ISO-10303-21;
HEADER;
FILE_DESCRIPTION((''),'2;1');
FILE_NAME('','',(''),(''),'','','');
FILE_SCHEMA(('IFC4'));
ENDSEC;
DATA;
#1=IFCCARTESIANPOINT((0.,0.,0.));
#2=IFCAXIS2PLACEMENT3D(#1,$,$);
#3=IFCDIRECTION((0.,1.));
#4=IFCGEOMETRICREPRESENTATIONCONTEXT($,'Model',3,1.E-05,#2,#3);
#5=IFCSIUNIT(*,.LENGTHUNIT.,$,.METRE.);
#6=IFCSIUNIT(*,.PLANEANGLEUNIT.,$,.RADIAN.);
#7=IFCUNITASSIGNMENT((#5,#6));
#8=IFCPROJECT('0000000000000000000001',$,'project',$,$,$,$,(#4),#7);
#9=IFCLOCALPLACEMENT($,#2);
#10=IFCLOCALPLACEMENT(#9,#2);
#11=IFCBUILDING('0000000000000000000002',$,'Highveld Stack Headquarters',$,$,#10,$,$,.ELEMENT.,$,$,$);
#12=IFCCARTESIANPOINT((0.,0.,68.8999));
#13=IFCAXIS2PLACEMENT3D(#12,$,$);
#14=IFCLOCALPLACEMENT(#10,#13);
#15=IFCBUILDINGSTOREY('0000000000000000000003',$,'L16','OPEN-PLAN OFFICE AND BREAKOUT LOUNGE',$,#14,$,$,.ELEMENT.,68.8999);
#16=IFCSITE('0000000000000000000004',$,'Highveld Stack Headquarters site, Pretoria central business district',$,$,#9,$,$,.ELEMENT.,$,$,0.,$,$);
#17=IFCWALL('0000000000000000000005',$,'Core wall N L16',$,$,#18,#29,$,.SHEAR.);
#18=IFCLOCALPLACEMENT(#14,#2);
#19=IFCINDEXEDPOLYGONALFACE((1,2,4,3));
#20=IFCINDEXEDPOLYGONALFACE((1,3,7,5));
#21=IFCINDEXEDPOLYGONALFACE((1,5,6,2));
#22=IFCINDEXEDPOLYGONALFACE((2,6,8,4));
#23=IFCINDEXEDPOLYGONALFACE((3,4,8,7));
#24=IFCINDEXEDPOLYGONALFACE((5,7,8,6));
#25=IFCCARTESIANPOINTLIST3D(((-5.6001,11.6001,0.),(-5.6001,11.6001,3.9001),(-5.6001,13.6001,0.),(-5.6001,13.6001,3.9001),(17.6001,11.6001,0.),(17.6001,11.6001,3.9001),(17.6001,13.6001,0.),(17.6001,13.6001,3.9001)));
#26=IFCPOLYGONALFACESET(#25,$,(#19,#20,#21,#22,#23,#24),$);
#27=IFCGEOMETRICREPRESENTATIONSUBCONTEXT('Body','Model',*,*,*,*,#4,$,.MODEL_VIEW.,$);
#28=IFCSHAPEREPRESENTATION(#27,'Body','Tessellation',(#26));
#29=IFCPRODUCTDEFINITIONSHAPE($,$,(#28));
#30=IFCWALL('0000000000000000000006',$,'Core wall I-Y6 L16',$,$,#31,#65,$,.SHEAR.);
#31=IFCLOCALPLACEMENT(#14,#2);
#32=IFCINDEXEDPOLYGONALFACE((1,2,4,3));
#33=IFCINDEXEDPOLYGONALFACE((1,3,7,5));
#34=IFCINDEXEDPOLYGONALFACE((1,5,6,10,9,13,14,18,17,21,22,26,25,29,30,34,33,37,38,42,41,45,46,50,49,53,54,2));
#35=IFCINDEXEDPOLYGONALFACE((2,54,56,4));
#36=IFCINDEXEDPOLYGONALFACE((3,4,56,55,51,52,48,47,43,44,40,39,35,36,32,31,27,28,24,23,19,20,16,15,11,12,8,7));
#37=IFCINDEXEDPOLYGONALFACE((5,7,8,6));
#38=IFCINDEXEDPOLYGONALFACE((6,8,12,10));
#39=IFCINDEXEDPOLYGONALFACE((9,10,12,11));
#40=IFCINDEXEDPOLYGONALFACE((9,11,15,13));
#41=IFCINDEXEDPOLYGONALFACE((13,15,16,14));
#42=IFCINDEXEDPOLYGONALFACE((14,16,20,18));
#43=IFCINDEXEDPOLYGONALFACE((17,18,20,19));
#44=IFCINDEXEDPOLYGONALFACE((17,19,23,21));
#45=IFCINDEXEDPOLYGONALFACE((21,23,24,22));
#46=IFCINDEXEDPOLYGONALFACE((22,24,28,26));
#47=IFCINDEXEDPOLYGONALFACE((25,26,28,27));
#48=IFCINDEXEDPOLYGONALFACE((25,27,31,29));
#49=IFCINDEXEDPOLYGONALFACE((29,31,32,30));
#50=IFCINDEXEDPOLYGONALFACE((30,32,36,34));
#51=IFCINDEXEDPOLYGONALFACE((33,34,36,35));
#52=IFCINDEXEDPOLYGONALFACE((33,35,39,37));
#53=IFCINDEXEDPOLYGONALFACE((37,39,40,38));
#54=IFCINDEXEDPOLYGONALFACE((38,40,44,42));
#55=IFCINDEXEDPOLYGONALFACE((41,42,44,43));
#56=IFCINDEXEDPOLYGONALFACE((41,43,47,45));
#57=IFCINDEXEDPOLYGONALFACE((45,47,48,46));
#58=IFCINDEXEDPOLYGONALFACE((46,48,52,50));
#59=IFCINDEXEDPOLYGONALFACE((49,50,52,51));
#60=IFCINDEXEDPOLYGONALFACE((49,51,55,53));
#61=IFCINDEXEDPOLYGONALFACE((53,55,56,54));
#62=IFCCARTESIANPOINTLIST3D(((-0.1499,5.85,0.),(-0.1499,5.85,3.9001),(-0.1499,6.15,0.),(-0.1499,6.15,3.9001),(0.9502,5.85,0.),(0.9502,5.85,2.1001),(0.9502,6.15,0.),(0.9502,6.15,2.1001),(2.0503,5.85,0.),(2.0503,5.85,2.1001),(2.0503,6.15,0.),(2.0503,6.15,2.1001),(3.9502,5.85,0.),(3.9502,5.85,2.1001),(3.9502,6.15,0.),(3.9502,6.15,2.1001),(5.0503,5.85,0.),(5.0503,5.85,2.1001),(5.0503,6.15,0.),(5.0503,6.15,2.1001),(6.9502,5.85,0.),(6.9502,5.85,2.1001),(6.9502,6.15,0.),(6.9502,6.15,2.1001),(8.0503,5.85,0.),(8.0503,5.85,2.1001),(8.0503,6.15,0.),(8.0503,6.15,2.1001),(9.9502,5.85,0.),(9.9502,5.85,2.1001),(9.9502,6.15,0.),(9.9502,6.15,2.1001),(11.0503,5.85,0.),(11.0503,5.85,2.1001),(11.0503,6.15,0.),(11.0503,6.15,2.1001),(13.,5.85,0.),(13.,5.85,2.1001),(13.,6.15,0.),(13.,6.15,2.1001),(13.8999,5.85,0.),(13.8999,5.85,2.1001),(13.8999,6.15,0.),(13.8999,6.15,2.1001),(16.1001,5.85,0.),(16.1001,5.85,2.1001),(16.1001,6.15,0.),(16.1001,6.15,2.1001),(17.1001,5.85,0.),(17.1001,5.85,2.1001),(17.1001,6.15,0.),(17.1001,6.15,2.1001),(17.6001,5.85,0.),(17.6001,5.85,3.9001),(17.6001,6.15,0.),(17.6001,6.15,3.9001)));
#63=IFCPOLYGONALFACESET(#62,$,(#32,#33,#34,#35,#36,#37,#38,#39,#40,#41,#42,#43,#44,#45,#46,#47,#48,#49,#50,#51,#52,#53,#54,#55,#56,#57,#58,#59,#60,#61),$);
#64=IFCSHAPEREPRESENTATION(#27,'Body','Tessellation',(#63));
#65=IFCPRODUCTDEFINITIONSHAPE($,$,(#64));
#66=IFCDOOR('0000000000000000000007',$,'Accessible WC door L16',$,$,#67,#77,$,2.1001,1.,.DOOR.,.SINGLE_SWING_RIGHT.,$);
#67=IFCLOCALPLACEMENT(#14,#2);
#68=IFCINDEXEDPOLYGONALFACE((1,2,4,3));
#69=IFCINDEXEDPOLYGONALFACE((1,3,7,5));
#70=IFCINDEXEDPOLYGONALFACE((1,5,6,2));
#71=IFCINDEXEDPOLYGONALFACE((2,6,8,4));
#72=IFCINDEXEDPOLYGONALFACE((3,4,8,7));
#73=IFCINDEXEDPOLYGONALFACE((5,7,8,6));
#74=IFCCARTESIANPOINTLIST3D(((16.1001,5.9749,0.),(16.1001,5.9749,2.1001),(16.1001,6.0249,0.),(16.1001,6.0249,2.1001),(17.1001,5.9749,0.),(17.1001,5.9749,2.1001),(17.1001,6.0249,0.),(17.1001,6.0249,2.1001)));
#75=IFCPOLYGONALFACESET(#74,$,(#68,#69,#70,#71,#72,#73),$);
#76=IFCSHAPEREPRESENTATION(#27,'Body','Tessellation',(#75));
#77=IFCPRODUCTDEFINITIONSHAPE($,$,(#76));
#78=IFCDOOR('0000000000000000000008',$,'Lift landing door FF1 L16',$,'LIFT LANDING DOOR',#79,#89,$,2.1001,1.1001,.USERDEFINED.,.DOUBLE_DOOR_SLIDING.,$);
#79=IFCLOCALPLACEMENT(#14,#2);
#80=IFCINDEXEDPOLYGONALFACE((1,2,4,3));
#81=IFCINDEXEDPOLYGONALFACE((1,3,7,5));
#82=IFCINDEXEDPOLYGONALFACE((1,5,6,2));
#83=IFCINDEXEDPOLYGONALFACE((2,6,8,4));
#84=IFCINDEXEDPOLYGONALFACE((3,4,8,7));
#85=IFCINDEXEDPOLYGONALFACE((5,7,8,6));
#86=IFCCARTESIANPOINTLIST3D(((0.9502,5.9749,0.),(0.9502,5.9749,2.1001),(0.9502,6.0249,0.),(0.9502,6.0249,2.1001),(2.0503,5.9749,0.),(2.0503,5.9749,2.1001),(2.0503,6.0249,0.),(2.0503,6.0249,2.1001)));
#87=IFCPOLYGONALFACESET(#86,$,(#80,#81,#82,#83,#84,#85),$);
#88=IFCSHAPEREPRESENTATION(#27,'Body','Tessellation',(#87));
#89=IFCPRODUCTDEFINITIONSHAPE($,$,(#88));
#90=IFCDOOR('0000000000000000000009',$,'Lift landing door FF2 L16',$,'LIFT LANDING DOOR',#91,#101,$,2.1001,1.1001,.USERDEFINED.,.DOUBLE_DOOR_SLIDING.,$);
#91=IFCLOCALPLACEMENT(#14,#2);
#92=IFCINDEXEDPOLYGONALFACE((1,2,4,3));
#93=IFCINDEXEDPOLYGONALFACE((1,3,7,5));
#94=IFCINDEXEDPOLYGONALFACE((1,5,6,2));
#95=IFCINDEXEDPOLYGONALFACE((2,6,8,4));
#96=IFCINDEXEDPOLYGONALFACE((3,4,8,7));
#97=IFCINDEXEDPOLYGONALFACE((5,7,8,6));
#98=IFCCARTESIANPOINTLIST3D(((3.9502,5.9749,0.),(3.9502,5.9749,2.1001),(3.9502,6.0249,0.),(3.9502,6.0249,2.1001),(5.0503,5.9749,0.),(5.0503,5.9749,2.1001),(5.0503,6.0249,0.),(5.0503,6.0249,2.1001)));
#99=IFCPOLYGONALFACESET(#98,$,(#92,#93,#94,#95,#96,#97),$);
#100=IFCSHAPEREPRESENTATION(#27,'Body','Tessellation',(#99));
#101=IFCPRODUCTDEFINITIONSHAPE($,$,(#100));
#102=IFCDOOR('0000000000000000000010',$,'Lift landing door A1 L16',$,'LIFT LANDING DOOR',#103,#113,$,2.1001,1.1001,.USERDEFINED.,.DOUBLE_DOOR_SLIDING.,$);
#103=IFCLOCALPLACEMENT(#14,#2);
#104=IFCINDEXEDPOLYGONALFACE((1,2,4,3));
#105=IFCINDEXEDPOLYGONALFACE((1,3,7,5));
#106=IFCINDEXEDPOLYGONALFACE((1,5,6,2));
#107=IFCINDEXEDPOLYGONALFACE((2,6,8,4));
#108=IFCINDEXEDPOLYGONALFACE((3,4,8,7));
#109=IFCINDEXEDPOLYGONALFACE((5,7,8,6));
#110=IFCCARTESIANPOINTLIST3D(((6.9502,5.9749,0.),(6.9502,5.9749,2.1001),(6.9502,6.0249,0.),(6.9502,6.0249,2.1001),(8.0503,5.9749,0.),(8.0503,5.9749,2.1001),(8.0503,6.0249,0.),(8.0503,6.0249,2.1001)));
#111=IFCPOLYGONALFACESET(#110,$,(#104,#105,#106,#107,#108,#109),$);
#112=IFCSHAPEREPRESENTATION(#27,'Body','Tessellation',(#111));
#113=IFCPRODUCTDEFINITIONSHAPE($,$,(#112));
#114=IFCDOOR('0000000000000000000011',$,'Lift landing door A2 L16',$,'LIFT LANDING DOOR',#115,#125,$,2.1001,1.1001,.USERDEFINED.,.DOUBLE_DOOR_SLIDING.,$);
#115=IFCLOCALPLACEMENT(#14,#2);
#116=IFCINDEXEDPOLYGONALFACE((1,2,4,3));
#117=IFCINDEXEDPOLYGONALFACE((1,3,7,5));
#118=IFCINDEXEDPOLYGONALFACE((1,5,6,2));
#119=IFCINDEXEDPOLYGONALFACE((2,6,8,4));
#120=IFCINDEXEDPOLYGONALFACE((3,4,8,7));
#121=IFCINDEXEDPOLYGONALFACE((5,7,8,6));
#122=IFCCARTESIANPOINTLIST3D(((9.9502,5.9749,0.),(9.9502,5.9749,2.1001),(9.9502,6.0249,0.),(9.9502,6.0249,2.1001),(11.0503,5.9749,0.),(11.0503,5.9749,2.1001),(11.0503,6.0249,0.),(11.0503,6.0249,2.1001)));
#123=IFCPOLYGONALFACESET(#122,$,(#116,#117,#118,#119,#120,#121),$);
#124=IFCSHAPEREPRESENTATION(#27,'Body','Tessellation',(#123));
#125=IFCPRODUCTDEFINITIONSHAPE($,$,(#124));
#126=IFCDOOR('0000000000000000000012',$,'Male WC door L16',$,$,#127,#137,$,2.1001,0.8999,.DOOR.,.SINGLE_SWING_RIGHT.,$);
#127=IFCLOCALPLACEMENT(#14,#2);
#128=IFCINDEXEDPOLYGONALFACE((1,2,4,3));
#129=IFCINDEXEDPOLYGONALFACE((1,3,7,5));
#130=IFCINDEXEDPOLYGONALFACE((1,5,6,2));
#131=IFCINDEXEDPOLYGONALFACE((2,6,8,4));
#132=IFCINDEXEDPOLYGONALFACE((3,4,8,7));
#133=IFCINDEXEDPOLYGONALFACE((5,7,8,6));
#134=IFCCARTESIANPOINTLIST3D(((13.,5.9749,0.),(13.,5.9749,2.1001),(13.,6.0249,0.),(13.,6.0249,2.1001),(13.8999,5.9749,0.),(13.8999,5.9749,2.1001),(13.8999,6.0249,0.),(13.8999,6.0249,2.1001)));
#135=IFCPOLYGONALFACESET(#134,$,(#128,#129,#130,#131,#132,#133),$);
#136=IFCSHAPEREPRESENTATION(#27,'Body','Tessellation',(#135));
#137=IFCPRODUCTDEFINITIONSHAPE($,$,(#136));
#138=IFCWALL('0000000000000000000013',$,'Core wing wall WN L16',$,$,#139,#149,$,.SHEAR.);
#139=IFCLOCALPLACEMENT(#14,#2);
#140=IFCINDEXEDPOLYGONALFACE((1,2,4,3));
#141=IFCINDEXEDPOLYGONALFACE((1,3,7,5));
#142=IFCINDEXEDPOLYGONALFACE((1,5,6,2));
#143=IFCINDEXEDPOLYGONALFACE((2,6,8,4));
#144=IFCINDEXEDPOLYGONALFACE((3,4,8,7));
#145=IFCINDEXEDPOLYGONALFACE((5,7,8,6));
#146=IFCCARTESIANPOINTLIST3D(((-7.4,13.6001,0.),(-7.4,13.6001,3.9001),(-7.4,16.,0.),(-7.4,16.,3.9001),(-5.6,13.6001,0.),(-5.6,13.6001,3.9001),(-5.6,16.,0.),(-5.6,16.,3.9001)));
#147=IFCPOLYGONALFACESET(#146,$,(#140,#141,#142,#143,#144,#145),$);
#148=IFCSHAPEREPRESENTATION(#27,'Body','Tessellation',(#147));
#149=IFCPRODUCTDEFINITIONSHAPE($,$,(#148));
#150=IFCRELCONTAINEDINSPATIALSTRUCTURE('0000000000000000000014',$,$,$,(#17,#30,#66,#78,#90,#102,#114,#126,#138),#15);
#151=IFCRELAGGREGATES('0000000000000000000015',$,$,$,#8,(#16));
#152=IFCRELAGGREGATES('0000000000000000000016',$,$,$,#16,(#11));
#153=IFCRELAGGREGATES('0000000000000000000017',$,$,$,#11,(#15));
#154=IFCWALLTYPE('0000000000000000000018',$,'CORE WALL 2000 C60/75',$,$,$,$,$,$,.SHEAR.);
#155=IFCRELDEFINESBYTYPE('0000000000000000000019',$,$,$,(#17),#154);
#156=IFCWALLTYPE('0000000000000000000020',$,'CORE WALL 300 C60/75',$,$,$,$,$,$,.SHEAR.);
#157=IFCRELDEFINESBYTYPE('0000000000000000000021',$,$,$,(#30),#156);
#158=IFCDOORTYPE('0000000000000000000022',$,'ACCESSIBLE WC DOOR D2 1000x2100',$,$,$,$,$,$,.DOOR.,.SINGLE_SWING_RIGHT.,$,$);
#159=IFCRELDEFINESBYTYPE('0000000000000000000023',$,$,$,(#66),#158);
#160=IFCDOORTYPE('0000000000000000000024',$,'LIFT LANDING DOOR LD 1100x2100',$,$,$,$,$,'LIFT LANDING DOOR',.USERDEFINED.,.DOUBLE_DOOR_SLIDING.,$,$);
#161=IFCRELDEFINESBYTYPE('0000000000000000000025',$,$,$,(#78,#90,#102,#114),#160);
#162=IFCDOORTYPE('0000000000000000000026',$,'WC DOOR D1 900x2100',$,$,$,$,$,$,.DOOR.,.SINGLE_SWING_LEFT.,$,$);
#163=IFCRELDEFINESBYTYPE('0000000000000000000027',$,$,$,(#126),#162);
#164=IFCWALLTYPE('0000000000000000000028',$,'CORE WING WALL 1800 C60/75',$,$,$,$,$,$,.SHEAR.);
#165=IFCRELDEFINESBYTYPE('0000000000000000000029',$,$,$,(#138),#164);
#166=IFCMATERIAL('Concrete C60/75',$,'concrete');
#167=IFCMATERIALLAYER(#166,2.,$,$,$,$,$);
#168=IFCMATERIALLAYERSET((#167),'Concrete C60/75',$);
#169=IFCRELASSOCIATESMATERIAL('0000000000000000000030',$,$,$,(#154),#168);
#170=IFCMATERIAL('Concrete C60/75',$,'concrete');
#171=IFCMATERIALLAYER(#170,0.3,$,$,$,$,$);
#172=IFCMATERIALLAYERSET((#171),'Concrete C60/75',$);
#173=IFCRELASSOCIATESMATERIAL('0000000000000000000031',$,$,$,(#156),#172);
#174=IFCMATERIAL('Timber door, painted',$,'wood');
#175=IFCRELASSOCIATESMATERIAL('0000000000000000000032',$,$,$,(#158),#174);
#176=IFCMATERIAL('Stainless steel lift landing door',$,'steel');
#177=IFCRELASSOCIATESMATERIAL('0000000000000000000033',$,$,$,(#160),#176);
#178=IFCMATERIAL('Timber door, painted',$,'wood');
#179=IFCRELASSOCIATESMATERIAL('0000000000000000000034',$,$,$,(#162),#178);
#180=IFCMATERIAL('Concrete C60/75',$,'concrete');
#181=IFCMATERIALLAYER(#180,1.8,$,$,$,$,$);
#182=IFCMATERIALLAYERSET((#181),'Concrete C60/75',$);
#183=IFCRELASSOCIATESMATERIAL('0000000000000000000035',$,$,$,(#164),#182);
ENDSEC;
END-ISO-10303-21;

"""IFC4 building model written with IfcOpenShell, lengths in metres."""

from ifc_helpers import new_model, si_unit, direction, frame, frame_2d, origin, place, context, subcontext, project, spatial, rectangle, extrude, material, layer, layer_set, type_object, element, fill, save


model = new_model("IFC4")

# Units and contexts
model_context = context("Model", 3, precision=1e-05, world=origin(), true_north=direction((0.0, 1.0)))
body_context = subcontext(model_context, "Body", "Model", "MODEL_VIEW")
ifc_project = project(units=[si_unit("LENGTHUNIT", "METRE"), si_unit("PLANEANGLEUNIT", "RADIAN")], contexts=[model_context])

# Site, building, storey
site_placement = place(None, origin())
site = spatial("IfcSite", under=ifc_project, at=site_placement, Name="Highveld Stack Headquarters site, Pretoria central business district", CompositionType="ELEMENT", RefElevation=0.0)
building_placement = place(site_placement, origin())
building = spatial("IfcBuilding", under=site, at=building_placement, Name="Highveld Stack Headquarters", CompositionType="ELEMENT")
storey_placement = place(building_placement, frame((0.0, 0.0, 68.8999)))
storey = spatial("IfcBuildingStorey", under=building, at=storey_placement, Name="L16", Description="OPEN-PLAN OFFICE AND BREAKOUT LOUNGE", CompositionType="ELEMENT", Elevation=68.8999)

# Wall
ifc_material_1 = material(Name="Concrete C60/75", Category="concrete")
ifc_layer_1 = layer(ifc_material_1, 2.0)
ifc_layer_set_1 = layer_set([ifc_layer_1], Name="Concrete C60/75")
wall_type_1 = type_object("IfcWallType", Name="CORE WALL 2000 C60/75", PredefinedType="SHEAR", material=ifc_layer_set_1)
wall_1_placement = place(storey_placement, frame((-5.6001, 12.6001, 0.0), z_axis=(0.0, 0.0, 1.0), x_axis=(1.0, 0.0, 0.0)))
element("IfcWall", 1, at=wall_1_placement, inside=storey, type_object=wall_type_1, Name="Core wall N L16", PredefinedType="SHEAR", context=body_context, shape_type="SweptSolid", body=[
    extrude(rectangle(XDim=23.2002, YDim=2.0, at=frame_2d((11.6001, 0.0))), origin(), (0.0, 0.0, 1.0), 3.9001),
])

# Wall, openings, doors
ifc_material_2 = material(Name="Concrete C60/75", Category="concrete")
ifc_layer_2 = layer(ifc_material_2, 0.3)
ifc_layer_set_2 = layer_set([ifc_layer_2], Name="Concrete C60/75")
wall_type_2 = type_object("IfcWallType", Name="CORE WALL 300 C60/75", PredefinedType="SHEAR", material=ifc_layer_set_2)
wall_2_placement = place(storey_placement, frame((-0.1499, 6.0, 0.0), z_axis=(0.0, 0.0, 1.0), x_axis=(1.0, 0.0, 0.0)))
wall_2 = element("IfcWall", 2, at=wall_2_placement, inside=storey, type_object=wall_type_2, Name="Core wall I-Y6 L16", PredefinedType="SHEAR", context=body_context, shape_type="SweptSolid", body=[
    extrude(rectangle(XDim=17.75, YDim=0.3, at=frame_2d((8.875, 0.0))), origin(), (0.0, 0.0, 1.0), 3.9001),
])
opening_1_placement = place(wall_2_placement, frame((13.1499, 0.0, 0.0)))
opening_1 = element("IfcOpeningElement", 3, at=opening_1_placement, cuts=wall_2, PredefinedType="OPENING", context=body_context, shape_type="SweptSolid", body=[
    extrude(rectangle(XDim=0.8999, YDim=2.1001, at=frame_2d((0.45, 1.05))), frame((0.0, 0.1599, 0.0), z_axis=(0.0, -1.0, 0.0), x_axis=(1.0, 0.0, 0.0)), (0.0, 0.0, 1.0), 0.3201),
])
opening_2_placement = place(wall_2_placement, frame((16.25, 0.0, 0.0)))
opening_2 = element("IfcOpeningElement", 4, at=opening_2_placement, cuts=wall_2, PredefinedType="OPENING", context=body_context, shape_type="SweptSolid", body=[
    extrude(rectangle(XDim=1.0, YDim=2.1001, at=frame_2d((0.5, 1.05))), frame((0.0, 0.1599, 0.0), z_axis=(0.0, -1.0, 0.0), x_axis=(1.0, 0.0, 0.0)), (0.0, 0.0, 1.0), 0.3201),
])
opening_3_placement = place(wall_2_placement, frame((1.1001, 0.0, 0.0)))
opening_3 = element("IfcOpeningElement", 5, at=opening_3_placement, cuts=wall_2, PredefinedType="OPENING", context=body_context, shape_type="SweptSolid", body=[
    extrude(rectangle(XDim=1.1001, YDim=2.1001, at=frame_2d((0.55, 1.05))), frame((0.0, 0.1599, 0.0), z_axis=(0.0, -1.0, 0.0), x_axis=(1.0, 0.0, 0.0)), (0.0, 0.0, 1.0), 0.3201),
])
opening_4_placement = place(wall_2_placement, frame((4.1001, 0.0, 0.0)))
opening_4 = element("IfcOpeningElement", 6, at=opening_4_placement, cuts=wall_2, PredefinedType="OPENING", context=body_context, shape_type="SweptSolid", body=[
    extrude(rectangle(XDim=1.1001, YDim=2.1001, at=frame_2d((0.55, 1.05))), frame((0.0, 0.1599, 0.0), z_axis=(0.0, -1.0, 0.0), x_axis=(1.0, 0.0, 0.0)), (0.0, 0.0, 1.0), 0.3201),
])
opening_5_placement = place(wall_2_placement, frame((7.1001, 0.0, 0.0)))
opening_5 = element("IfcOpeningElement", 7, at=opening_5_placement, cuts=wall_2, PredefinedType="OPENING", context=body_context, shape_type="SweptSolid", body=[
    extrude(rectangle(XDim=1.1001, YDim=2.1001, at=frame_2d((0.55, 1.05))), frame((0.0, 0.1599, 0.0), z_axis=(0.0, -1.0, 0.0), x_axis=(1.0, 0.0, 0.0)), (0.0, 0.0, 1.0), 0.3201),
])
opening_6_placement = place(wall_2_placement, frame((10.1001, 0.0, 0.0)))
opening_6 = element("IfcOpeningElement", 8, at=opening_6_placement, cuts=wall_2, PredefinedType="OPENING", context=body_context, shape_type="SweptSolid", body=[
    extrude(rectangle(XDim=1.1001, YDim=2.1001, at=frame_2d((0.55, 1.05))), frame((0.0, 0.1599, 0.0), z_axis=(0.0, -1.0, 0.0), x_axis=(1.0, 0.0, 0.0)), (0.0, 0.0, 1.0), 0.3201),
])
ifc_material_3 = material(Name="Timber door, painted", Category="wood")
door_type_1 = type_object("IfcDoorType", Name="ACCESSIBLE WC DOOR D2 1000x2100", OperationType="SINGLE_SWING_RIGHT", PredefinedType="DOOR", material=ifc_material_3)
door_1_placement = place(opening_2_placement, origin())
door_1 = element("IfcDoor", 9, at=door_1_placement, inside=storey, type_object=door_type_1, Name="Accessible WC door L16", OperationType="SINGLE_SWING_RIGHT", OverallHeight=2.1001, OverallWidth=1.0, PredefinedType="DOOR", context=body_context, shape_type="SweptSolid", body=[
    extrude(rectangle(XDim=1.0, YDim=2.1001, at=frame_2d((0.5, 1.05))), frame((0.0, 0.0249, 0.0), z_axis=(0.0, -1.0, 0.0), x_axis=(1.0, 0.0, 0.0)), (0.0, 0.0, 1.0), 0.05),
])
fill(opening_2, door_1)
ifc_material_4 = material(Name="Stainless steel lift landing door", Category="steel")
door_type_2 = type_object("IfcDoorType", Name="LIFT LANDING DOOR LD 1100x2100", ElementType="LIFT LANDING DOOR", OperationType="DOUBLE_DOOR_SLIDING", PredefinedType="USERDEFINED", material=ifc_material_4)
door_2_placement = place(opening_3_placement, origin())
door_2 = element("IfcDoor", 10, at=door_2_placement, inside=storey, type_object=door_type_2, Name="Lift landing door FF1 L16", ObjectType="LIFT LANDING DOOR", OperationType="DOUBLE_DOOR_SLIDING", OverallHeight=2.1001, OverallWidth=1.1001, PredefinedType="USERDEFINED", context=body_context, shape_type="SweptSolid", body=[
    extrude(rectangle(XDim=1.1001, YDim=2.1001, at=frame_2d((0.55, 1.05))), frame((0.0, 0.0249, 0.0), z_axis=(0.0, -1.0, 0.0), x_axis=(1.0, 0.0, 0.0)), (0.0, 0.0, 1.0), 0.05),
])
fill(opening_3, door_2)
door_3_placement = place(opening_4_placement, origin())
door_3 = element("IfcDoor", 11, at=door_3_placement, inside=storey, type_object=door_type_2, Name="Lift landing door FF2 L16", ObjectType="LIFT LANDING DOOR", OperationType="DOUBLE_DOOR_SLIDING", OverallHeight=2.1001, OverallWidth=1.1001, PredefinedType="USERDEFINED", context=body_context, shape_type="SweptSolid", body=[
    extrude(rectangle(XDim=1.1001, YDim=2.1001, at=frame_2d((0.55, 1.05))), frame((0.0, 0.0249, 0.0), z_axis=(0.0, -1.0, 0.0), x_axis=(1.0, 0.0, 0.0)), (0.0, 0.0, 1.0), 0.05),
])
fill(opening_4, door_3)
door_4_placement = place(opening_5_placement, origin())
door_4 = element("IfcDoor", 12, at=door_4_placement, inside=storey, type_object=door_type_2, Name="Lift landing door A1 L16", ObjectType="LIFT LANDING DOOR", OperationType="DOUBLE_DOOR_SLIDING", OverallHeight=2.1001, OverallWidth=1.1001, PredefinedType="USERDEFINED", context=body_context, shape_type="SweptSolid", body=[
    extrude(rectangle(XDim=1.1001, YDim=2.1001, at=frame_2d((0.55, 1.05))), frame((0.0, 0.0249, 0.0), z_axis=(0.0, -1.0, 0.0), x_axis=(1.0, 0.0, 0.0)), (0.0, 0.0, 1.0), 0.05),
])
fill(opening_5, door_4)
door_5_placement = place(opening_6_placement, origin())
door_5 = element("IfcDoor", 13, at=door_5_placement, inside=storey, type_object=door_type_2, Name="Lift landing door A2 L16", ObjectType="LIFT LANDING DOOR", OperationType="DOUBLE_DOOR_SLIDING", OverallHeight=2.1001, OverallWidth=1.1001, PredefinedType="USERDEFINED", context=body_context, shape_type="SweptSolid", body=[
    extrude(rectangle(XDim=1.1001, YDim=2.1001, at=frame_2d((0.55, 1.05))), frame((0.0, 0.0249, 0.0), z_axis=(0.0, -1.0, 0.0), x_axis=(1.0, 0.0, 0.0)), (0.0, 0.0, 1.0), 0.05),
])
fill(opening_6, door_5)
ifc_material_5 = material(Name="Timber door, painted", Category="wood")
door_type_3 = type_object("IfcDoorType", Name="WC DOOR D1 900x2100", OperationType="SINGLE_SWING_LEFT", PredefinedType="DOOR", material=ifc_material_5)
door_6_placement = place(opening_1_placement, origin())
door_6 = element("IfcDoor", 14, at=door_6_placement, inside=storey, type_object=door_type_3, Name="Male WC door L16", OperationType="SINGLE_SWING_RIGHT", OverallHeight=2.1001, OverallWidth=0.8999, PredefinedType="DOOR", context=body_context, shape_type="SweptSolid", body=[
    extrude(rectangle(XDim=0.8999, YDim=2.1001, at=frame_2d((0.45, 1.05))), frame((0.0, 0.0249, 0.0), z_axis=(0.0, -1.0, 0.0), x_axis=(1.0, 0.0, 0.0)), (0.0, 0.0, 1.0), 0.05),
])
fill(opening_1, door_6)

# Wall
ifc_material_6 = material(Name="Concrete C60/75", Category="concrete")
ifc_layer_3 = layer(ifc_material_6, 1.8)
ifc_layer_set_3 = layer_set([ifc_layer_3], Name="Concrete C60/75")
wall_type_3 = type_object("IfcWallType", Name="CORE WING WALL 1800 C60/75", PredefinedType="SHEAR", material=ifc_layer_set_3)
wall_3_placement = place(storey_placement, frame((-6.5, 13.6001, 0.0), z_axis=(0.0, 0.0, 1.0), x_axis=(0.0, 1.0, 0.0)))
element("IfcWall", 15, at=wall_3_placement, inside=storey, type_object=wall_type_3, Name="Core wing wall WN L16", PredefinedType="SHEAR", context=body_context, shape_type="SweptSolid", body=[
    extrude(rectangle(XDim=2.3999, YDim=1.8, at=frame_2d((1.2, 0.0))), origin(), (0.0, 0.0, 1.0), 3.9001),
])

save(model, "model.ifc")
